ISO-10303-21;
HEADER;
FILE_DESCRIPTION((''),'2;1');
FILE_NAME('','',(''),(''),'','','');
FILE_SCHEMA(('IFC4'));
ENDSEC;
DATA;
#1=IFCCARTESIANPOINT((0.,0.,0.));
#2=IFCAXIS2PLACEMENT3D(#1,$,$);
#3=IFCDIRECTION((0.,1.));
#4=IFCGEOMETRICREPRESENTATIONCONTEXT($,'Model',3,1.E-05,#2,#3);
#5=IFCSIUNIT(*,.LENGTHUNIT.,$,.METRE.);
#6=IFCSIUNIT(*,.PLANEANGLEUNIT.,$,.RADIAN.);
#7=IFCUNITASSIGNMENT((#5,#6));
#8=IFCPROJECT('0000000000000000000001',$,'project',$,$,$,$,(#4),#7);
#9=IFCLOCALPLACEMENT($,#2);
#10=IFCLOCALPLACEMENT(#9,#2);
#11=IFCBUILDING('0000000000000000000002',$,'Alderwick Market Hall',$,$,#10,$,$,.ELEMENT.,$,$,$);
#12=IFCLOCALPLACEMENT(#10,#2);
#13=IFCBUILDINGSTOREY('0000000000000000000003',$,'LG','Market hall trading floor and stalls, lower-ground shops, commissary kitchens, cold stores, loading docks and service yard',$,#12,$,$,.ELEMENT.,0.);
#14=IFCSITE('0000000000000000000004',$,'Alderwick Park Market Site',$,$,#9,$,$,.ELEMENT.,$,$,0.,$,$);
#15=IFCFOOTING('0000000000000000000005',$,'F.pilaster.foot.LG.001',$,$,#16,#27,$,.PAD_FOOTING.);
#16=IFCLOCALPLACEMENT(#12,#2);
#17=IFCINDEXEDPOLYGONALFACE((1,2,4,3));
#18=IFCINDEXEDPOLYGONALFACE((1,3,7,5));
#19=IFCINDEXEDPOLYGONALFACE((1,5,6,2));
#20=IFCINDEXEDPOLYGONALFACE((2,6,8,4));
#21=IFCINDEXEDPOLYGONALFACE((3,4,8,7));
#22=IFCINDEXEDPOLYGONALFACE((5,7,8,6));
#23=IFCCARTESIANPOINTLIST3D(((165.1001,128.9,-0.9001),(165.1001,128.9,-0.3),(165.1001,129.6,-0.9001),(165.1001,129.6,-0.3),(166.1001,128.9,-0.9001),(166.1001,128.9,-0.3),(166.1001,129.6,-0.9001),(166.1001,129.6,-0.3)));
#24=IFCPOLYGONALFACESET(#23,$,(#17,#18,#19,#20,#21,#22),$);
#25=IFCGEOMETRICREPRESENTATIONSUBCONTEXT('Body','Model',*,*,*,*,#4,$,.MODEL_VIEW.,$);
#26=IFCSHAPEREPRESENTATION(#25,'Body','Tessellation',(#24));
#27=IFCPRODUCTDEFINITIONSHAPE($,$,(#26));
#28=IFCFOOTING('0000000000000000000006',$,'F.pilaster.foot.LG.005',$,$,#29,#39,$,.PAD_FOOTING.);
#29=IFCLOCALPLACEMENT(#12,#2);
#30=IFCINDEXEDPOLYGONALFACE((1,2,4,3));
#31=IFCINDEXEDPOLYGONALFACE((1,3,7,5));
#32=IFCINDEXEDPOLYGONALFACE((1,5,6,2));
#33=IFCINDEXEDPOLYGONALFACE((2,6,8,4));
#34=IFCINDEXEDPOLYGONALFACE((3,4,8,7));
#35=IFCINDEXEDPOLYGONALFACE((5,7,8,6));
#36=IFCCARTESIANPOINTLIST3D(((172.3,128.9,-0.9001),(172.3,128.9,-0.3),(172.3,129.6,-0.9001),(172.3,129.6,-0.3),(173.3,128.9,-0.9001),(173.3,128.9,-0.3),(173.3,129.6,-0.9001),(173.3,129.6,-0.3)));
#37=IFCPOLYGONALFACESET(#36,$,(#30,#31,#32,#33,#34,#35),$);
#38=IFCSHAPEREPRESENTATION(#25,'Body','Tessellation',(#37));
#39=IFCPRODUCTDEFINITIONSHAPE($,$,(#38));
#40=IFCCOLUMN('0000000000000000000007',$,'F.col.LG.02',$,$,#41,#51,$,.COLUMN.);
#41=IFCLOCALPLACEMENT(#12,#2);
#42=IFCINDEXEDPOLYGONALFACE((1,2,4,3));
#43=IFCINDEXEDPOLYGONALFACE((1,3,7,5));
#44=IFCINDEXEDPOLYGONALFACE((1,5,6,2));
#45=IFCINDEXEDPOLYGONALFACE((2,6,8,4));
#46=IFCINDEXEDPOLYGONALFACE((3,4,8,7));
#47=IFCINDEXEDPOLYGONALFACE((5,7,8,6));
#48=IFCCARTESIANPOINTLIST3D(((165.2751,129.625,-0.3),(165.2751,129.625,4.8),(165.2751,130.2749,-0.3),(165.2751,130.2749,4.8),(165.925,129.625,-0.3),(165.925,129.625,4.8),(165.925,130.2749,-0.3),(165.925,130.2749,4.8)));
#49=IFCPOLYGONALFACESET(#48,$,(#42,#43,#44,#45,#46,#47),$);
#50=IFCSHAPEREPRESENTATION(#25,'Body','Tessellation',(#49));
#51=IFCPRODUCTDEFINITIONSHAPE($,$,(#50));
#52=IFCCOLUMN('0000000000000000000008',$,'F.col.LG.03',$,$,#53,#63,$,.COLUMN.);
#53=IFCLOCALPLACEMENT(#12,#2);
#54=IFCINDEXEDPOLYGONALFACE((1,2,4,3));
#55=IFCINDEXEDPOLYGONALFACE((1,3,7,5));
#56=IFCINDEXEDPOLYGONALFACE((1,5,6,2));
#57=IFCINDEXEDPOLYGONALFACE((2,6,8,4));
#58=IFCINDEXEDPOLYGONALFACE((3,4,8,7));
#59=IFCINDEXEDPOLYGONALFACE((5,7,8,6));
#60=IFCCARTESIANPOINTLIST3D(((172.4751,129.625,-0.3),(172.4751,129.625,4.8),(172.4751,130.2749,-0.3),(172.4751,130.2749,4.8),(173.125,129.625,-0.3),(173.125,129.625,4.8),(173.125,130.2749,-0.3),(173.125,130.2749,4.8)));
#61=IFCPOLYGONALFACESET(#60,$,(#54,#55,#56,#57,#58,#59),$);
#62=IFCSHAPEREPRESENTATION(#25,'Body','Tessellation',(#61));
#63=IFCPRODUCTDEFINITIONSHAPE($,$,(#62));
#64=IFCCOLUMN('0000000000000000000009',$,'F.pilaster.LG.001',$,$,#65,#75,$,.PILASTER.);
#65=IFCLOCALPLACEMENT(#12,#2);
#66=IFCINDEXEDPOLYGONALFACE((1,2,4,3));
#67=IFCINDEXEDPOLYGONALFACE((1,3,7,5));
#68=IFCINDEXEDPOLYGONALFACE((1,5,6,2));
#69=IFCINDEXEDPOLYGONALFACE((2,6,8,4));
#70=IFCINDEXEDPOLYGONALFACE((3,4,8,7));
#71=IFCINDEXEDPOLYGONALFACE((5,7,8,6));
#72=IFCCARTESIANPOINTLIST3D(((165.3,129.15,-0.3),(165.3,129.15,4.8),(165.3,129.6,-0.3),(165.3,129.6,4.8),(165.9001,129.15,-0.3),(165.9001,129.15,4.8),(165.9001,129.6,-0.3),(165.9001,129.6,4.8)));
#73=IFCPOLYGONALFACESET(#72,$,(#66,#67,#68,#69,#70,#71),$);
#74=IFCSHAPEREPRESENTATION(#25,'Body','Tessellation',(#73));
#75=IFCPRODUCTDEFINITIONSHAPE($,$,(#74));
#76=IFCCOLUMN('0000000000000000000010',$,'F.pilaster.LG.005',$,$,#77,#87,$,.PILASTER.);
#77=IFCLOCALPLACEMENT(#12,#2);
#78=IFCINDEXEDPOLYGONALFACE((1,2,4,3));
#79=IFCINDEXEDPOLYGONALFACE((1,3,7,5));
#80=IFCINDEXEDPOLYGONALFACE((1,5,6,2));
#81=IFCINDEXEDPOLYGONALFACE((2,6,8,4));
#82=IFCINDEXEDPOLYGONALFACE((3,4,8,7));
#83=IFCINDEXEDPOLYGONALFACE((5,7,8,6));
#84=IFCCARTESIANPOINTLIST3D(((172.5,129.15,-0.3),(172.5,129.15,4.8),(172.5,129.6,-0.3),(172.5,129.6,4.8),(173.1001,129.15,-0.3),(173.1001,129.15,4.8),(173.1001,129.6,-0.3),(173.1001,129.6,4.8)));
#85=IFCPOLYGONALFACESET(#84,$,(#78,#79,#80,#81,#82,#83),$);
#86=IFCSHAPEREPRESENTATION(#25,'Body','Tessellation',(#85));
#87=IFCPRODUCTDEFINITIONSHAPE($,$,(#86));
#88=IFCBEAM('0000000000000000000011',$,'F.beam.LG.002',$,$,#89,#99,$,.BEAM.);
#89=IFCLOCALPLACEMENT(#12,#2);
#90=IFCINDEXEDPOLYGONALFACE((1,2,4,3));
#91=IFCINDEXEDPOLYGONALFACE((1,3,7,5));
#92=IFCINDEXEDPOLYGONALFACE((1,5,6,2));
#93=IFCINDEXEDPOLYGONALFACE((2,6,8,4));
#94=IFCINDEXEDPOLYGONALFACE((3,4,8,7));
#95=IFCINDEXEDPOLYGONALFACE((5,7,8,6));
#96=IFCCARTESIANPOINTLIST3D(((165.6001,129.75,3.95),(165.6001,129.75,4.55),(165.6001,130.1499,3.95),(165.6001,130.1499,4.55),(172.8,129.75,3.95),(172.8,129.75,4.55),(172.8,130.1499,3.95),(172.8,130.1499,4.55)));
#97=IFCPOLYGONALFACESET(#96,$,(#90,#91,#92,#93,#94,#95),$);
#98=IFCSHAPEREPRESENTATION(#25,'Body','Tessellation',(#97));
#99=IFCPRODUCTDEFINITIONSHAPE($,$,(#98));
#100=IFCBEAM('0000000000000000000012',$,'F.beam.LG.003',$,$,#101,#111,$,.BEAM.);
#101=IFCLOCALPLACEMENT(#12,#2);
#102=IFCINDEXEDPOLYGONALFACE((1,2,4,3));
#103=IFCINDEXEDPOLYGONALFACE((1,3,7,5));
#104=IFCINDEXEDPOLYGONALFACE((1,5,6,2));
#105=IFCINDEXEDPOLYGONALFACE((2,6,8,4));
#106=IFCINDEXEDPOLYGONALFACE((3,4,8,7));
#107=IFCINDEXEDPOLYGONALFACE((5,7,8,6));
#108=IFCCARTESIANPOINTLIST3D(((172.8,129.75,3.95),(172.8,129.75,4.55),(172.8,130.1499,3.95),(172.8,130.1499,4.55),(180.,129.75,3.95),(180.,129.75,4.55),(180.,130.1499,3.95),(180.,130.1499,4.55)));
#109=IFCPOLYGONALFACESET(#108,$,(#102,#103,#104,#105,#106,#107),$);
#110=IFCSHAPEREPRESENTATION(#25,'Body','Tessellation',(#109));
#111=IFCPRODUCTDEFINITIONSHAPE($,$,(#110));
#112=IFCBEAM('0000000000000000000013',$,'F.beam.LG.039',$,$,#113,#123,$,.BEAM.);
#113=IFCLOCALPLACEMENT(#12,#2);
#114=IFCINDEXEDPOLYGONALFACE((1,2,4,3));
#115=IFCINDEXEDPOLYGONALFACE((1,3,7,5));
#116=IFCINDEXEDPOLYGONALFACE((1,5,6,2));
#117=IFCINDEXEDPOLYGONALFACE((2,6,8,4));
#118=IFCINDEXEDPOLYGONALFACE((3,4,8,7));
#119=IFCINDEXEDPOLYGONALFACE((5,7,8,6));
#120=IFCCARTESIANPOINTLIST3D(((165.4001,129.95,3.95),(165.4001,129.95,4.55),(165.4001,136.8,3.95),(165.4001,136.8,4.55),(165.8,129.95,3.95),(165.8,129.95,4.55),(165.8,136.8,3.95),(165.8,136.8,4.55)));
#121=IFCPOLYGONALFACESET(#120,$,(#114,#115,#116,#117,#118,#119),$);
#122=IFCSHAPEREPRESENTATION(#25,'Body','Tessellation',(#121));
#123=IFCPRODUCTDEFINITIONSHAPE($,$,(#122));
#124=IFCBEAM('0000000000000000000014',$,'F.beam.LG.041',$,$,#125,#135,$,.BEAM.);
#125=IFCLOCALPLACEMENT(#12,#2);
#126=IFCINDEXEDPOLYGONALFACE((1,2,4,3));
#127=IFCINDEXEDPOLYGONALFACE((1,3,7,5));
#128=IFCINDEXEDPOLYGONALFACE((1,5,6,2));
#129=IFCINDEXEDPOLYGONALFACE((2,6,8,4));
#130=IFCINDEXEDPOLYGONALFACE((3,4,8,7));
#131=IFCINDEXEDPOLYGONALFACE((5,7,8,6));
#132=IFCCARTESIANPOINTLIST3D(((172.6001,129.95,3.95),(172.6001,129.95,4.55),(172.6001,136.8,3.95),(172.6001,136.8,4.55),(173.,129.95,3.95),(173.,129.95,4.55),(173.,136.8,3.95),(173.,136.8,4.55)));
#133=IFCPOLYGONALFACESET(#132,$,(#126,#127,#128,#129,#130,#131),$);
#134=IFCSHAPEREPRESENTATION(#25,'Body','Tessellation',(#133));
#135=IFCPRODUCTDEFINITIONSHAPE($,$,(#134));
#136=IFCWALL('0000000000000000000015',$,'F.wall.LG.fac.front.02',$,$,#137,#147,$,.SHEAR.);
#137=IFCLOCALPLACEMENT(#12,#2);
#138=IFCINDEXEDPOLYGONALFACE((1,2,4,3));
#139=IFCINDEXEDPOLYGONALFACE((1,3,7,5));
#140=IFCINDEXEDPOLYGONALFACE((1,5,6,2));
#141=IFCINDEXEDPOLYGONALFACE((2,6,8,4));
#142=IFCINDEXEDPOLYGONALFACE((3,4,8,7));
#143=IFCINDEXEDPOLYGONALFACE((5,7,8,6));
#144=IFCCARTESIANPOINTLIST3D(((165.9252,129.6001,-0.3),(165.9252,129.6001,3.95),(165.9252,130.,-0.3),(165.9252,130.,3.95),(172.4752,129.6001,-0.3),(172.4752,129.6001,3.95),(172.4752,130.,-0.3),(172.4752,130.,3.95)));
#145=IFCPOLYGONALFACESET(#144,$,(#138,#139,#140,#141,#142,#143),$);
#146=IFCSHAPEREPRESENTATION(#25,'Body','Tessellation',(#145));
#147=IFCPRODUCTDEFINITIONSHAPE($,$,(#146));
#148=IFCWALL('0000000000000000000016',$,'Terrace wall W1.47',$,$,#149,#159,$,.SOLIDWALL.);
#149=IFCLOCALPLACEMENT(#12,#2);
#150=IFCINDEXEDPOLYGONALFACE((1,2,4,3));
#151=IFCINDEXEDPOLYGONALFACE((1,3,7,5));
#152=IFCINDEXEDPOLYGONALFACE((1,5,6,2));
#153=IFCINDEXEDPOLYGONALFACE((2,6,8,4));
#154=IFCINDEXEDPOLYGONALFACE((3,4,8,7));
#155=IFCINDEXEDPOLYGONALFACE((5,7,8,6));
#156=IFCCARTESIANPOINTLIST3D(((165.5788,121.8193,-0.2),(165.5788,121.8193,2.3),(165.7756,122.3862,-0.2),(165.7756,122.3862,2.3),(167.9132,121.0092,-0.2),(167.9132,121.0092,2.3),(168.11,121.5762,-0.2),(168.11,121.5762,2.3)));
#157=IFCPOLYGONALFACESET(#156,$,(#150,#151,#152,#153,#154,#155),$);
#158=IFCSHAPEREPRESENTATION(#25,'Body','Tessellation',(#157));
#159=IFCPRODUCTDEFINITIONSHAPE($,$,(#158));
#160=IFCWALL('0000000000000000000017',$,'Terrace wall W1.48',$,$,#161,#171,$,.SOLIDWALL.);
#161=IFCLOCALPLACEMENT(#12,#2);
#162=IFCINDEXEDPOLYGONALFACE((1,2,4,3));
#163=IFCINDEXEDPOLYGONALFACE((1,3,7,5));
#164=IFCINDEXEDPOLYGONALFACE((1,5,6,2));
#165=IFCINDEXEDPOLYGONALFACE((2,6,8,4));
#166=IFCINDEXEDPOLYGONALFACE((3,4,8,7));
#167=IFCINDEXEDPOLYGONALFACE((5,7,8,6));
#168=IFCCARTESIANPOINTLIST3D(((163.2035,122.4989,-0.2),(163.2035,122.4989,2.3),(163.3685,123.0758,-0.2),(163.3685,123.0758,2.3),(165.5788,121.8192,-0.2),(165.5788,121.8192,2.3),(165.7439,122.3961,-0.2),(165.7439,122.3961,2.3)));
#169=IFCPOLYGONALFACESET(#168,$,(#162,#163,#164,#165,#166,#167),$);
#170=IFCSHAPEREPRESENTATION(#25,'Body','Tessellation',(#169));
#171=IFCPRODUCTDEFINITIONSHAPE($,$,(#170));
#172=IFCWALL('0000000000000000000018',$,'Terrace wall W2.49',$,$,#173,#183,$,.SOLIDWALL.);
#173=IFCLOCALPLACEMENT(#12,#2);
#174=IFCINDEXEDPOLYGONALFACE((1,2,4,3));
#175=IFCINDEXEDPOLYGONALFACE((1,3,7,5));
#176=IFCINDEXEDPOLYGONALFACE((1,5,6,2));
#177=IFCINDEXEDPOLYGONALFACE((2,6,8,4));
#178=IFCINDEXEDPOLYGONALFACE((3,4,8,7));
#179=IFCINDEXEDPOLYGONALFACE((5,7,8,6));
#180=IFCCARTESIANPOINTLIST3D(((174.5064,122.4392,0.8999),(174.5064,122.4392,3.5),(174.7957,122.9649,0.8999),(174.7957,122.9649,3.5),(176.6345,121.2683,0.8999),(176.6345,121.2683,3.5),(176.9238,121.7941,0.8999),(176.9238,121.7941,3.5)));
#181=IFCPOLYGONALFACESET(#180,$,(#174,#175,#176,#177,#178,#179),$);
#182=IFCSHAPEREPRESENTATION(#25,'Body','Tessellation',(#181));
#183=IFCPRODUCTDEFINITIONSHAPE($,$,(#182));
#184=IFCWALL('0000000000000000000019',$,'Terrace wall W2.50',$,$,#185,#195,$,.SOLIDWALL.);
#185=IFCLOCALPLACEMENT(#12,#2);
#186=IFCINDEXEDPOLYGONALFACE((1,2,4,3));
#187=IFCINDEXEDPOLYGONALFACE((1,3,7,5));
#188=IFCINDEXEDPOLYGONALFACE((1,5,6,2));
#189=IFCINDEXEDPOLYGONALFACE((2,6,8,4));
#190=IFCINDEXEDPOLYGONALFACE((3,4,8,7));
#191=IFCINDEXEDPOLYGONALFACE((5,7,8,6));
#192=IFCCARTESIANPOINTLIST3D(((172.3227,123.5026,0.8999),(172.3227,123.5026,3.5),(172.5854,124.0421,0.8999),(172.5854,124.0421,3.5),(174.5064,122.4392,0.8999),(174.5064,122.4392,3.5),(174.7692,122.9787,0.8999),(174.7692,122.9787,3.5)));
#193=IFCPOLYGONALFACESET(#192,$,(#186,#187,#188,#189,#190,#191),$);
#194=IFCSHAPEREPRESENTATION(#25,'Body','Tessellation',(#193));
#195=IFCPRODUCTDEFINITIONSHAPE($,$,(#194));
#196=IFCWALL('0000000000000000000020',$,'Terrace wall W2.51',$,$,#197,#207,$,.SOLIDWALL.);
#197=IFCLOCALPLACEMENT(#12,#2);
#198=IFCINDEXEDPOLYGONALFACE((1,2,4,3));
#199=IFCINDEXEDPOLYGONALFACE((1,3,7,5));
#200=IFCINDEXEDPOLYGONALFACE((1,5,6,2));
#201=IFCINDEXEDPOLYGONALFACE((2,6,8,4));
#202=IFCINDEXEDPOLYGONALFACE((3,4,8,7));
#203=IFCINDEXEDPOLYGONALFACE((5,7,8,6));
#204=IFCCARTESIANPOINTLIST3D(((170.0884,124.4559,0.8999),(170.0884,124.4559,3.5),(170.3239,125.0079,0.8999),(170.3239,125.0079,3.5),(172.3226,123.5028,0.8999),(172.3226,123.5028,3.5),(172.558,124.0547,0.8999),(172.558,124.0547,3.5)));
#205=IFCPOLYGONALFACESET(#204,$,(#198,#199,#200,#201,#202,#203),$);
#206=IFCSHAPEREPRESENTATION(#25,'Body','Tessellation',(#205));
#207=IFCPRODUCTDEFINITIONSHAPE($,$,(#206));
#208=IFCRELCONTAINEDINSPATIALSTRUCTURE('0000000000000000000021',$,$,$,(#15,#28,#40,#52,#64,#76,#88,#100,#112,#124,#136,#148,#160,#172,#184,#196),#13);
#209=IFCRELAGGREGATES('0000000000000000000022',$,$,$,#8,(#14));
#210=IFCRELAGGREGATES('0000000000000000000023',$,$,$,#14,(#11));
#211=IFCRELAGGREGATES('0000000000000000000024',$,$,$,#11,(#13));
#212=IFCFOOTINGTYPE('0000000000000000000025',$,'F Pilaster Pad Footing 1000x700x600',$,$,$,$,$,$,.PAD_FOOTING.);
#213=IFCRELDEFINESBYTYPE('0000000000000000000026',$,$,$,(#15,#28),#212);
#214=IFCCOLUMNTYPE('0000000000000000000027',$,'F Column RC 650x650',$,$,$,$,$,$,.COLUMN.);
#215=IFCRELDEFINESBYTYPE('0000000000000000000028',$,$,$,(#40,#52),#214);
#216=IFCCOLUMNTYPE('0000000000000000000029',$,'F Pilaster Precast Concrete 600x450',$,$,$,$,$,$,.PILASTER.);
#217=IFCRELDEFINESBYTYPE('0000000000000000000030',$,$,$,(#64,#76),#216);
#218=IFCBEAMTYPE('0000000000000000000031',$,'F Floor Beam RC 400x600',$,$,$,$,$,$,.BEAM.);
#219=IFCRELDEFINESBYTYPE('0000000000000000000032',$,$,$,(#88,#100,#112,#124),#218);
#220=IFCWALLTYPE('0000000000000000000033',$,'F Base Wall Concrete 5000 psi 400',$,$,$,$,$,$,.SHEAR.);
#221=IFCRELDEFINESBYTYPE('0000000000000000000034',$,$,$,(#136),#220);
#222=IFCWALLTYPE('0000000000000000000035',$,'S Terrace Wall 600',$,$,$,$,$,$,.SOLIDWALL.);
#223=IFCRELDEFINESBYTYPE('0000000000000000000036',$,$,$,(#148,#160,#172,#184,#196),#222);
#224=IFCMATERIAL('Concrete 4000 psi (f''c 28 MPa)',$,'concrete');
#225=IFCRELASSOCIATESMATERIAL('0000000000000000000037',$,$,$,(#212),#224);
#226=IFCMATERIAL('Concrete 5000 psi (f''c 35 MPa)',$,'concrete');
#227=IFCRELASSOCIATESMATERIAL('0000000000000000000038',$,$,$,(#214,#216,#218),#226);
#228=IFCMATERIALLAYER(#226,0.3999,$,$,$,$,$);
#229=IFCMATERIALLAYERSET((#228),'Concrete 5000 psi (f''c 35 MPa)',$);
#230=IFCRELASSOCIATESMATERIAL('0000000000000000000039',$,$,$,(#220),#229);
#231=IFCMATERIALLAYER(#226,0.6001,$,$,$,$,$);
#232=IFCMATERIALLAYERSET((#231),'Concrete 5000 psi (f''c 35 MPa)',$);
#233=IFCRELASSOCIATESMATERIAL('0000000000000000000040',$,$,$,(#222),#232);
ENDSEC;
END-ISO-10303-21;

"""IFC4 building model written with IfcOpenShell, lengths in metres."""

from ifc_helpers import new_model, si_unit, direction, frame, frame_2d, origin, origin_2d, place, context, subcontext, project, spatial, rectangle, extrude, material, layer, layer_set, material_profile, profile_set, type_object, element, save


model = new_model("IFC4")

# Units and contexts
model_context = context("Model", 3, precision=1e-05, world=origin(), true_north=direction((0.0, 1.0)))
body_context = subcontext(model_context, "Body", "Model", "MODEL_VIEW")
ifc_project = project(units=[si_unit("LENGTHUNIT", "METRE"), si_unit("PLANEANGLEUNIT", "RADIAN")], contexts=[model_context])

# Site, building, storey
site_placement = place(None, origin())
site = spatial("IfcSite", under=ifc_project, at=site_placement, Name="Alderwick Park Market Site", CompositionType="ELEMENT", RefElevation=0.0)
building_placement = place(site_placement, origin())
building = spatial("IfcBuilding", under=site, at=building_placement, Name="Alderwick Market Hall", CompositionType="ELEMENT")
storey_placement = place(building_placement, origin())
storey = spatial("IfcBuildingStorey", under=building, at=storey_placement, Name="LG", Description="Market hall trading floor and stalls, lower-ground shops, commissary kitchens, cold stores, loading docks and service yard", CompositionType="ELEMENT", Elevation=0.0)

# Footings
ifc_material_1 = material(Name="Concrete 4000 psi (f'c 28 MPa)", Category="concrete")
footing_type = type_object("IfcFootingType", Name="F Pilaster Pad Footing 1000x700x600", PredefinedType="PAD_FOOTING", material=ifc_material_1)
for number, where, z_axis, x_axis, name in (
    (1, (165.6001, 129.25, -0.9001), (0.0, 0.0, 1.0), (1.0, 0.0, 0.0), "F.pilaster.foot.LG.001"),
    (2, (172.8, 129.25, -0.9001), (0.0, 0.0, 1.0), (1.0, 0.0, 0.0), "F.pilaster.foot.LG.005"),
):
    element("IfcFooting", number, at=place(storey_placement, frame(where, z_axis=z_axis, x_axis=x_axis)), inside=storey, type_object=footing_type, Name=name, PredefinedType="PAD_FOOTING", context=body_context, shape_type="SweptSolid", body=[
        extrude(rectangle(XDim=1.0, YDim=0.7, at=origin_2d()), origin(), (0.0, 0.0, 1.0), 0.6001),
    ])

# Columns
ifc_material_2 = material(Name="Concrete 5000 psi (f'c 35 MPa)", Category="concrete")
ifc_material_profile_1 = material_profile(ifc_material_2, rectangle(XDim=0.6499, YDim=0.6499, at=origin_2d()), Name="RC 650x650")
ifc_profile_set_1 = profile_set([ifc_material_profile_1], Name="Concrete 5000 psi (f'c 35 MPa)")
column_type_1 = type_object("IfcColumnType", Name="F Column RC 650x650", PredefinedType="COLUMN", material=ifc_profile_set_1)
for number, where, z_axis, x_axis, name in (
    (3, (165.6001, 129.95, -0.3), (0.0, 0.0, 1.0), (1.0, 0.0, 0.0), "F.col.LG.02"),
    (4, (172.8, 129.95, -0.3), (0.0, 0.0, 1.0), (1.0, 0.0, 0.0), "F.col.LG.03"),
):
    element("IfcColumn", number, at=place(storey_placement, frame(where, z_axis=z_axis, x_axis=x_axis)), inside=storey, type_object=column_type_1, Name=name, PredefinedType="COLUMN", context=body_context, shape_type="SweptSolid", body=[
        extrude(rectangle(XDim=0.6499, YDim=0.6499, at=origin_2d()), origin(), (0.0, 0.0, 1.0), 5.1001),
    ])
ifc_material_profile_2 = material_profile(ifc_material_2, rectangle(XDim=0.6001, YDim=0.45, at=origin_2d()), Name="PC 600x450")
ifc_profile_set_2 = profile_set([ifc_material_profile_2], Name="Concrete 5000 psi (f'c 35 MPa)")
column_type_2 = type_object("IfcColumnType", Name="F Pilaster Precast Concrete 600x450", PredefinedType="PILASTER", material=ifc_profile_set_2)
for number, where, z_axis, x_axis, name in (
    (5, (165.6001, 129.375, -0.3), (0.0, 0.0, 1.0), (1.0, 0.0, 0.0), "F.pilaster.LG.001"),
    (6, (172.8, 129.375, -0.3), (0.0, 0.0, 1.0), (1.0, 0.0, 0.0), "F.pilaster.LG.005"),
):
    element("IfcColumn", number, at=place(storey_placement, frame(where, z_axis=z_axis, x_axis=x_axis)), inside=storey, type_object=column_type_2, Name=name, PredefinedType="PILASTER", context=body_context, shape_type="SweptSolid", body=[
        extrude(rectangle(XDim=0.6001, YDim=0.45, at=origin_2d()), origin(), (0.0, 0.0, 1.0), 5.1001),
    ])

# Beams
ifc_material_profile_3 = material_profile(ifc_material_2, rectangle(XDim=0.3999, YDim=0.6001, at=origin_2d()), Name="RC 400x600")
ifc_profile_set_3 = profile_set([ifc_material_profile_3], Name="Concrete 5000 psi (f'c 35 MPa)")
beam_type = type_object("IfcBeamType", Name="F Floor Beam RC 400x600", PredefinedType="BEAM", material=ifc_profile_set_3)
for number, where, z_axis, x_axis, name in (
    (7, (165.6001, 129.95, 4.25), (1.0, 0.0, 0.0), (0.0, 1.0, 0.0), "F.beam.LG.002"),
    (8, (172.8, 129.95, 4.25), (1.0, 0.0, 0.0), (0.0, 1.0, 0.0), "F.beam.LG.003"),
):
    element("IfcBeam", number, at=place(storey_placement, frame(where, z_axis=z_axis, x_axis=x_axis)), inside=storey, type_object=beam_type, Name=name, PredefinedType="BEAM", context=body_context, shape_type="SweptSolid", body=[
        extrude(rectangle(XDim=0.3999, YDim=0.6001, at=origin_2d()), origin(), (0.0, 0.0, 1.0), 7.2),
    ])
for number, where, z_axis, x_axis, name in (
    (9, (165.6001, 129.95, 4.25), (0.0, 1.0, 0.0), (-1.0, 0.0, 0.0), "F.beam.LG.039"),
    (10, (172.8, 129.95, 4.25), (0.0, 1.0, 0.0), (-1.0, 0.0, 0.0), "F.beam.LG.041"),
):
    element("IfcBeam", number, at=place(storey_placement, frame(where, z_axis=z_axis, x_axis=x_axis)), inside=storey, type_object=beam_type, Name=name, PredefinedType="BEAM", context=body_context, shape_type="SweptSolid", body=[
        extrude(rectangle(XDim=0.3999, YDim=0.6001, at=origin_2d()), origin(), (0.0, 0.0, 1.0), 6.8501),
    ])

# Walls
ifc_layer_1 = layer(ifc_material_2, 0.3999)
ifc_layer_set_1 = layer_set([ifc_layer_1], Name="Concrete 5000 psi (f'c 35 MPa)")
wall_type_1 = type_object("IfcWallType", Name="F Base Wall Concrete 5000 psi 400", PredefinedType="SHEAR", material=ifc_layer_set_1)
wall_1_placement = place(storey_placement, frame((172.4751, 129.8, -0.3), z_axis=(0.0, 0.0, 1.0), x_axis=(-1.0, 0.0, 0.0)))
element("IfcWall", 11, at=wall_1_placement, inside=storey, type_object=wall_type_1, Name="F.wall.LG.fac.front.02", PredefinedType="SHEAR", context=body_context, shape_type="SweptSolid", body=[
    extrude(rectangle(XDim=6.55, YDim=0.3999, at=frame_2d((3.2749, 0.0))), origin(), (0.0, 0.0, 1.0), 4.25),
])
ifc_layer_2 = layer(ifc_material_2, 0.6001)
ifc_layer_set_2 = layer_set([ifc_layer_2], Name="Concrete 5000 psi (f'c 35 MPa)")
wall_type_2 = type_object("IfcWallType", Name="S Terrace Wall 600", PredefinedType="SOLIDWALL", material=ifc_layer_set_2)
wall_2_placement = place(storey_placement, frame((168.0115, 121.2927, -0.2), z_axis=(0.0, 0.0, 1.0), x_axis=(-0.944739, 0.327823, 0.0)))
element("IfcWall", 12, at=wall_2_placement, inside=storey, type_object=wall_type_2, Name="Terrace wall W1.47", PredefinedType="SOLIDWALL", context=body_context, shape_type="SweptSolid", body=[
    extrude(rectangle(XDim=2.4709, YDim=0.6001, at=frame_2d((1.2354, 0.0))), origin(), (0.0, 0.0, 1.0), 2.5),
])
wall_3_placement = place(storey_placement, frame((165.6614, 122.1077, -0.2), z_axis=(0.0, 0.0, 1.0), x_axis=(-0.961419, 0.275087, 0.0)))
element("IfcWall", 13, at=wall_3_placement, inside=storey, type_object=wall_type_2, Name="Terrace wall W1.48", PredefinedType="SOLIDWALL", context=body_context, shape_type="SweptSolid", body=[
    extrude(rectangle(XDim=2.4707, YDim=0.6001, at=frame_2d((1.2354, 0.0))), origin(), (0.0, 0.0, 1.0), 2.5),
])
for number, where, z_axis, x_axis, name in (
    (14, (176.7791, 121.5312, 0.8999), (0.0, 0.0, 1.0), (-0.876146, 0.482046, 0.0), "Terrace wall W2.49"),
    (15, (174.6377, 122.709, 0.8999), (0.0, 0.0, 1.0), (-0.899062, 0.437822, 0.0), "Terrace wall W2.50"),
    (16, (172.4402, 123.7788, 0.8999), (0.0, 0.0, 1.0), (-0.919794, 0.392402, 0.0), "Terrace wall W2.51"),
):
    element("IfcWall", number, at=place(storey_placement, frame(where, z_axis=z_axis, x_axis=x_axis)), inside=storey, type_object=wall_type_2, Name=name, PredefinedType="SOLIDWALL", context=body_context, shape_type="SweptSolid", body=[
        extrude(rectangle(XDim=2.429, YDim=0.6001, at=frame_2d((1.2144, 0.0))), origin(), (0.0, 0.0, 1.0), 2.6001),
    ])

save(model, "model.ifc")
